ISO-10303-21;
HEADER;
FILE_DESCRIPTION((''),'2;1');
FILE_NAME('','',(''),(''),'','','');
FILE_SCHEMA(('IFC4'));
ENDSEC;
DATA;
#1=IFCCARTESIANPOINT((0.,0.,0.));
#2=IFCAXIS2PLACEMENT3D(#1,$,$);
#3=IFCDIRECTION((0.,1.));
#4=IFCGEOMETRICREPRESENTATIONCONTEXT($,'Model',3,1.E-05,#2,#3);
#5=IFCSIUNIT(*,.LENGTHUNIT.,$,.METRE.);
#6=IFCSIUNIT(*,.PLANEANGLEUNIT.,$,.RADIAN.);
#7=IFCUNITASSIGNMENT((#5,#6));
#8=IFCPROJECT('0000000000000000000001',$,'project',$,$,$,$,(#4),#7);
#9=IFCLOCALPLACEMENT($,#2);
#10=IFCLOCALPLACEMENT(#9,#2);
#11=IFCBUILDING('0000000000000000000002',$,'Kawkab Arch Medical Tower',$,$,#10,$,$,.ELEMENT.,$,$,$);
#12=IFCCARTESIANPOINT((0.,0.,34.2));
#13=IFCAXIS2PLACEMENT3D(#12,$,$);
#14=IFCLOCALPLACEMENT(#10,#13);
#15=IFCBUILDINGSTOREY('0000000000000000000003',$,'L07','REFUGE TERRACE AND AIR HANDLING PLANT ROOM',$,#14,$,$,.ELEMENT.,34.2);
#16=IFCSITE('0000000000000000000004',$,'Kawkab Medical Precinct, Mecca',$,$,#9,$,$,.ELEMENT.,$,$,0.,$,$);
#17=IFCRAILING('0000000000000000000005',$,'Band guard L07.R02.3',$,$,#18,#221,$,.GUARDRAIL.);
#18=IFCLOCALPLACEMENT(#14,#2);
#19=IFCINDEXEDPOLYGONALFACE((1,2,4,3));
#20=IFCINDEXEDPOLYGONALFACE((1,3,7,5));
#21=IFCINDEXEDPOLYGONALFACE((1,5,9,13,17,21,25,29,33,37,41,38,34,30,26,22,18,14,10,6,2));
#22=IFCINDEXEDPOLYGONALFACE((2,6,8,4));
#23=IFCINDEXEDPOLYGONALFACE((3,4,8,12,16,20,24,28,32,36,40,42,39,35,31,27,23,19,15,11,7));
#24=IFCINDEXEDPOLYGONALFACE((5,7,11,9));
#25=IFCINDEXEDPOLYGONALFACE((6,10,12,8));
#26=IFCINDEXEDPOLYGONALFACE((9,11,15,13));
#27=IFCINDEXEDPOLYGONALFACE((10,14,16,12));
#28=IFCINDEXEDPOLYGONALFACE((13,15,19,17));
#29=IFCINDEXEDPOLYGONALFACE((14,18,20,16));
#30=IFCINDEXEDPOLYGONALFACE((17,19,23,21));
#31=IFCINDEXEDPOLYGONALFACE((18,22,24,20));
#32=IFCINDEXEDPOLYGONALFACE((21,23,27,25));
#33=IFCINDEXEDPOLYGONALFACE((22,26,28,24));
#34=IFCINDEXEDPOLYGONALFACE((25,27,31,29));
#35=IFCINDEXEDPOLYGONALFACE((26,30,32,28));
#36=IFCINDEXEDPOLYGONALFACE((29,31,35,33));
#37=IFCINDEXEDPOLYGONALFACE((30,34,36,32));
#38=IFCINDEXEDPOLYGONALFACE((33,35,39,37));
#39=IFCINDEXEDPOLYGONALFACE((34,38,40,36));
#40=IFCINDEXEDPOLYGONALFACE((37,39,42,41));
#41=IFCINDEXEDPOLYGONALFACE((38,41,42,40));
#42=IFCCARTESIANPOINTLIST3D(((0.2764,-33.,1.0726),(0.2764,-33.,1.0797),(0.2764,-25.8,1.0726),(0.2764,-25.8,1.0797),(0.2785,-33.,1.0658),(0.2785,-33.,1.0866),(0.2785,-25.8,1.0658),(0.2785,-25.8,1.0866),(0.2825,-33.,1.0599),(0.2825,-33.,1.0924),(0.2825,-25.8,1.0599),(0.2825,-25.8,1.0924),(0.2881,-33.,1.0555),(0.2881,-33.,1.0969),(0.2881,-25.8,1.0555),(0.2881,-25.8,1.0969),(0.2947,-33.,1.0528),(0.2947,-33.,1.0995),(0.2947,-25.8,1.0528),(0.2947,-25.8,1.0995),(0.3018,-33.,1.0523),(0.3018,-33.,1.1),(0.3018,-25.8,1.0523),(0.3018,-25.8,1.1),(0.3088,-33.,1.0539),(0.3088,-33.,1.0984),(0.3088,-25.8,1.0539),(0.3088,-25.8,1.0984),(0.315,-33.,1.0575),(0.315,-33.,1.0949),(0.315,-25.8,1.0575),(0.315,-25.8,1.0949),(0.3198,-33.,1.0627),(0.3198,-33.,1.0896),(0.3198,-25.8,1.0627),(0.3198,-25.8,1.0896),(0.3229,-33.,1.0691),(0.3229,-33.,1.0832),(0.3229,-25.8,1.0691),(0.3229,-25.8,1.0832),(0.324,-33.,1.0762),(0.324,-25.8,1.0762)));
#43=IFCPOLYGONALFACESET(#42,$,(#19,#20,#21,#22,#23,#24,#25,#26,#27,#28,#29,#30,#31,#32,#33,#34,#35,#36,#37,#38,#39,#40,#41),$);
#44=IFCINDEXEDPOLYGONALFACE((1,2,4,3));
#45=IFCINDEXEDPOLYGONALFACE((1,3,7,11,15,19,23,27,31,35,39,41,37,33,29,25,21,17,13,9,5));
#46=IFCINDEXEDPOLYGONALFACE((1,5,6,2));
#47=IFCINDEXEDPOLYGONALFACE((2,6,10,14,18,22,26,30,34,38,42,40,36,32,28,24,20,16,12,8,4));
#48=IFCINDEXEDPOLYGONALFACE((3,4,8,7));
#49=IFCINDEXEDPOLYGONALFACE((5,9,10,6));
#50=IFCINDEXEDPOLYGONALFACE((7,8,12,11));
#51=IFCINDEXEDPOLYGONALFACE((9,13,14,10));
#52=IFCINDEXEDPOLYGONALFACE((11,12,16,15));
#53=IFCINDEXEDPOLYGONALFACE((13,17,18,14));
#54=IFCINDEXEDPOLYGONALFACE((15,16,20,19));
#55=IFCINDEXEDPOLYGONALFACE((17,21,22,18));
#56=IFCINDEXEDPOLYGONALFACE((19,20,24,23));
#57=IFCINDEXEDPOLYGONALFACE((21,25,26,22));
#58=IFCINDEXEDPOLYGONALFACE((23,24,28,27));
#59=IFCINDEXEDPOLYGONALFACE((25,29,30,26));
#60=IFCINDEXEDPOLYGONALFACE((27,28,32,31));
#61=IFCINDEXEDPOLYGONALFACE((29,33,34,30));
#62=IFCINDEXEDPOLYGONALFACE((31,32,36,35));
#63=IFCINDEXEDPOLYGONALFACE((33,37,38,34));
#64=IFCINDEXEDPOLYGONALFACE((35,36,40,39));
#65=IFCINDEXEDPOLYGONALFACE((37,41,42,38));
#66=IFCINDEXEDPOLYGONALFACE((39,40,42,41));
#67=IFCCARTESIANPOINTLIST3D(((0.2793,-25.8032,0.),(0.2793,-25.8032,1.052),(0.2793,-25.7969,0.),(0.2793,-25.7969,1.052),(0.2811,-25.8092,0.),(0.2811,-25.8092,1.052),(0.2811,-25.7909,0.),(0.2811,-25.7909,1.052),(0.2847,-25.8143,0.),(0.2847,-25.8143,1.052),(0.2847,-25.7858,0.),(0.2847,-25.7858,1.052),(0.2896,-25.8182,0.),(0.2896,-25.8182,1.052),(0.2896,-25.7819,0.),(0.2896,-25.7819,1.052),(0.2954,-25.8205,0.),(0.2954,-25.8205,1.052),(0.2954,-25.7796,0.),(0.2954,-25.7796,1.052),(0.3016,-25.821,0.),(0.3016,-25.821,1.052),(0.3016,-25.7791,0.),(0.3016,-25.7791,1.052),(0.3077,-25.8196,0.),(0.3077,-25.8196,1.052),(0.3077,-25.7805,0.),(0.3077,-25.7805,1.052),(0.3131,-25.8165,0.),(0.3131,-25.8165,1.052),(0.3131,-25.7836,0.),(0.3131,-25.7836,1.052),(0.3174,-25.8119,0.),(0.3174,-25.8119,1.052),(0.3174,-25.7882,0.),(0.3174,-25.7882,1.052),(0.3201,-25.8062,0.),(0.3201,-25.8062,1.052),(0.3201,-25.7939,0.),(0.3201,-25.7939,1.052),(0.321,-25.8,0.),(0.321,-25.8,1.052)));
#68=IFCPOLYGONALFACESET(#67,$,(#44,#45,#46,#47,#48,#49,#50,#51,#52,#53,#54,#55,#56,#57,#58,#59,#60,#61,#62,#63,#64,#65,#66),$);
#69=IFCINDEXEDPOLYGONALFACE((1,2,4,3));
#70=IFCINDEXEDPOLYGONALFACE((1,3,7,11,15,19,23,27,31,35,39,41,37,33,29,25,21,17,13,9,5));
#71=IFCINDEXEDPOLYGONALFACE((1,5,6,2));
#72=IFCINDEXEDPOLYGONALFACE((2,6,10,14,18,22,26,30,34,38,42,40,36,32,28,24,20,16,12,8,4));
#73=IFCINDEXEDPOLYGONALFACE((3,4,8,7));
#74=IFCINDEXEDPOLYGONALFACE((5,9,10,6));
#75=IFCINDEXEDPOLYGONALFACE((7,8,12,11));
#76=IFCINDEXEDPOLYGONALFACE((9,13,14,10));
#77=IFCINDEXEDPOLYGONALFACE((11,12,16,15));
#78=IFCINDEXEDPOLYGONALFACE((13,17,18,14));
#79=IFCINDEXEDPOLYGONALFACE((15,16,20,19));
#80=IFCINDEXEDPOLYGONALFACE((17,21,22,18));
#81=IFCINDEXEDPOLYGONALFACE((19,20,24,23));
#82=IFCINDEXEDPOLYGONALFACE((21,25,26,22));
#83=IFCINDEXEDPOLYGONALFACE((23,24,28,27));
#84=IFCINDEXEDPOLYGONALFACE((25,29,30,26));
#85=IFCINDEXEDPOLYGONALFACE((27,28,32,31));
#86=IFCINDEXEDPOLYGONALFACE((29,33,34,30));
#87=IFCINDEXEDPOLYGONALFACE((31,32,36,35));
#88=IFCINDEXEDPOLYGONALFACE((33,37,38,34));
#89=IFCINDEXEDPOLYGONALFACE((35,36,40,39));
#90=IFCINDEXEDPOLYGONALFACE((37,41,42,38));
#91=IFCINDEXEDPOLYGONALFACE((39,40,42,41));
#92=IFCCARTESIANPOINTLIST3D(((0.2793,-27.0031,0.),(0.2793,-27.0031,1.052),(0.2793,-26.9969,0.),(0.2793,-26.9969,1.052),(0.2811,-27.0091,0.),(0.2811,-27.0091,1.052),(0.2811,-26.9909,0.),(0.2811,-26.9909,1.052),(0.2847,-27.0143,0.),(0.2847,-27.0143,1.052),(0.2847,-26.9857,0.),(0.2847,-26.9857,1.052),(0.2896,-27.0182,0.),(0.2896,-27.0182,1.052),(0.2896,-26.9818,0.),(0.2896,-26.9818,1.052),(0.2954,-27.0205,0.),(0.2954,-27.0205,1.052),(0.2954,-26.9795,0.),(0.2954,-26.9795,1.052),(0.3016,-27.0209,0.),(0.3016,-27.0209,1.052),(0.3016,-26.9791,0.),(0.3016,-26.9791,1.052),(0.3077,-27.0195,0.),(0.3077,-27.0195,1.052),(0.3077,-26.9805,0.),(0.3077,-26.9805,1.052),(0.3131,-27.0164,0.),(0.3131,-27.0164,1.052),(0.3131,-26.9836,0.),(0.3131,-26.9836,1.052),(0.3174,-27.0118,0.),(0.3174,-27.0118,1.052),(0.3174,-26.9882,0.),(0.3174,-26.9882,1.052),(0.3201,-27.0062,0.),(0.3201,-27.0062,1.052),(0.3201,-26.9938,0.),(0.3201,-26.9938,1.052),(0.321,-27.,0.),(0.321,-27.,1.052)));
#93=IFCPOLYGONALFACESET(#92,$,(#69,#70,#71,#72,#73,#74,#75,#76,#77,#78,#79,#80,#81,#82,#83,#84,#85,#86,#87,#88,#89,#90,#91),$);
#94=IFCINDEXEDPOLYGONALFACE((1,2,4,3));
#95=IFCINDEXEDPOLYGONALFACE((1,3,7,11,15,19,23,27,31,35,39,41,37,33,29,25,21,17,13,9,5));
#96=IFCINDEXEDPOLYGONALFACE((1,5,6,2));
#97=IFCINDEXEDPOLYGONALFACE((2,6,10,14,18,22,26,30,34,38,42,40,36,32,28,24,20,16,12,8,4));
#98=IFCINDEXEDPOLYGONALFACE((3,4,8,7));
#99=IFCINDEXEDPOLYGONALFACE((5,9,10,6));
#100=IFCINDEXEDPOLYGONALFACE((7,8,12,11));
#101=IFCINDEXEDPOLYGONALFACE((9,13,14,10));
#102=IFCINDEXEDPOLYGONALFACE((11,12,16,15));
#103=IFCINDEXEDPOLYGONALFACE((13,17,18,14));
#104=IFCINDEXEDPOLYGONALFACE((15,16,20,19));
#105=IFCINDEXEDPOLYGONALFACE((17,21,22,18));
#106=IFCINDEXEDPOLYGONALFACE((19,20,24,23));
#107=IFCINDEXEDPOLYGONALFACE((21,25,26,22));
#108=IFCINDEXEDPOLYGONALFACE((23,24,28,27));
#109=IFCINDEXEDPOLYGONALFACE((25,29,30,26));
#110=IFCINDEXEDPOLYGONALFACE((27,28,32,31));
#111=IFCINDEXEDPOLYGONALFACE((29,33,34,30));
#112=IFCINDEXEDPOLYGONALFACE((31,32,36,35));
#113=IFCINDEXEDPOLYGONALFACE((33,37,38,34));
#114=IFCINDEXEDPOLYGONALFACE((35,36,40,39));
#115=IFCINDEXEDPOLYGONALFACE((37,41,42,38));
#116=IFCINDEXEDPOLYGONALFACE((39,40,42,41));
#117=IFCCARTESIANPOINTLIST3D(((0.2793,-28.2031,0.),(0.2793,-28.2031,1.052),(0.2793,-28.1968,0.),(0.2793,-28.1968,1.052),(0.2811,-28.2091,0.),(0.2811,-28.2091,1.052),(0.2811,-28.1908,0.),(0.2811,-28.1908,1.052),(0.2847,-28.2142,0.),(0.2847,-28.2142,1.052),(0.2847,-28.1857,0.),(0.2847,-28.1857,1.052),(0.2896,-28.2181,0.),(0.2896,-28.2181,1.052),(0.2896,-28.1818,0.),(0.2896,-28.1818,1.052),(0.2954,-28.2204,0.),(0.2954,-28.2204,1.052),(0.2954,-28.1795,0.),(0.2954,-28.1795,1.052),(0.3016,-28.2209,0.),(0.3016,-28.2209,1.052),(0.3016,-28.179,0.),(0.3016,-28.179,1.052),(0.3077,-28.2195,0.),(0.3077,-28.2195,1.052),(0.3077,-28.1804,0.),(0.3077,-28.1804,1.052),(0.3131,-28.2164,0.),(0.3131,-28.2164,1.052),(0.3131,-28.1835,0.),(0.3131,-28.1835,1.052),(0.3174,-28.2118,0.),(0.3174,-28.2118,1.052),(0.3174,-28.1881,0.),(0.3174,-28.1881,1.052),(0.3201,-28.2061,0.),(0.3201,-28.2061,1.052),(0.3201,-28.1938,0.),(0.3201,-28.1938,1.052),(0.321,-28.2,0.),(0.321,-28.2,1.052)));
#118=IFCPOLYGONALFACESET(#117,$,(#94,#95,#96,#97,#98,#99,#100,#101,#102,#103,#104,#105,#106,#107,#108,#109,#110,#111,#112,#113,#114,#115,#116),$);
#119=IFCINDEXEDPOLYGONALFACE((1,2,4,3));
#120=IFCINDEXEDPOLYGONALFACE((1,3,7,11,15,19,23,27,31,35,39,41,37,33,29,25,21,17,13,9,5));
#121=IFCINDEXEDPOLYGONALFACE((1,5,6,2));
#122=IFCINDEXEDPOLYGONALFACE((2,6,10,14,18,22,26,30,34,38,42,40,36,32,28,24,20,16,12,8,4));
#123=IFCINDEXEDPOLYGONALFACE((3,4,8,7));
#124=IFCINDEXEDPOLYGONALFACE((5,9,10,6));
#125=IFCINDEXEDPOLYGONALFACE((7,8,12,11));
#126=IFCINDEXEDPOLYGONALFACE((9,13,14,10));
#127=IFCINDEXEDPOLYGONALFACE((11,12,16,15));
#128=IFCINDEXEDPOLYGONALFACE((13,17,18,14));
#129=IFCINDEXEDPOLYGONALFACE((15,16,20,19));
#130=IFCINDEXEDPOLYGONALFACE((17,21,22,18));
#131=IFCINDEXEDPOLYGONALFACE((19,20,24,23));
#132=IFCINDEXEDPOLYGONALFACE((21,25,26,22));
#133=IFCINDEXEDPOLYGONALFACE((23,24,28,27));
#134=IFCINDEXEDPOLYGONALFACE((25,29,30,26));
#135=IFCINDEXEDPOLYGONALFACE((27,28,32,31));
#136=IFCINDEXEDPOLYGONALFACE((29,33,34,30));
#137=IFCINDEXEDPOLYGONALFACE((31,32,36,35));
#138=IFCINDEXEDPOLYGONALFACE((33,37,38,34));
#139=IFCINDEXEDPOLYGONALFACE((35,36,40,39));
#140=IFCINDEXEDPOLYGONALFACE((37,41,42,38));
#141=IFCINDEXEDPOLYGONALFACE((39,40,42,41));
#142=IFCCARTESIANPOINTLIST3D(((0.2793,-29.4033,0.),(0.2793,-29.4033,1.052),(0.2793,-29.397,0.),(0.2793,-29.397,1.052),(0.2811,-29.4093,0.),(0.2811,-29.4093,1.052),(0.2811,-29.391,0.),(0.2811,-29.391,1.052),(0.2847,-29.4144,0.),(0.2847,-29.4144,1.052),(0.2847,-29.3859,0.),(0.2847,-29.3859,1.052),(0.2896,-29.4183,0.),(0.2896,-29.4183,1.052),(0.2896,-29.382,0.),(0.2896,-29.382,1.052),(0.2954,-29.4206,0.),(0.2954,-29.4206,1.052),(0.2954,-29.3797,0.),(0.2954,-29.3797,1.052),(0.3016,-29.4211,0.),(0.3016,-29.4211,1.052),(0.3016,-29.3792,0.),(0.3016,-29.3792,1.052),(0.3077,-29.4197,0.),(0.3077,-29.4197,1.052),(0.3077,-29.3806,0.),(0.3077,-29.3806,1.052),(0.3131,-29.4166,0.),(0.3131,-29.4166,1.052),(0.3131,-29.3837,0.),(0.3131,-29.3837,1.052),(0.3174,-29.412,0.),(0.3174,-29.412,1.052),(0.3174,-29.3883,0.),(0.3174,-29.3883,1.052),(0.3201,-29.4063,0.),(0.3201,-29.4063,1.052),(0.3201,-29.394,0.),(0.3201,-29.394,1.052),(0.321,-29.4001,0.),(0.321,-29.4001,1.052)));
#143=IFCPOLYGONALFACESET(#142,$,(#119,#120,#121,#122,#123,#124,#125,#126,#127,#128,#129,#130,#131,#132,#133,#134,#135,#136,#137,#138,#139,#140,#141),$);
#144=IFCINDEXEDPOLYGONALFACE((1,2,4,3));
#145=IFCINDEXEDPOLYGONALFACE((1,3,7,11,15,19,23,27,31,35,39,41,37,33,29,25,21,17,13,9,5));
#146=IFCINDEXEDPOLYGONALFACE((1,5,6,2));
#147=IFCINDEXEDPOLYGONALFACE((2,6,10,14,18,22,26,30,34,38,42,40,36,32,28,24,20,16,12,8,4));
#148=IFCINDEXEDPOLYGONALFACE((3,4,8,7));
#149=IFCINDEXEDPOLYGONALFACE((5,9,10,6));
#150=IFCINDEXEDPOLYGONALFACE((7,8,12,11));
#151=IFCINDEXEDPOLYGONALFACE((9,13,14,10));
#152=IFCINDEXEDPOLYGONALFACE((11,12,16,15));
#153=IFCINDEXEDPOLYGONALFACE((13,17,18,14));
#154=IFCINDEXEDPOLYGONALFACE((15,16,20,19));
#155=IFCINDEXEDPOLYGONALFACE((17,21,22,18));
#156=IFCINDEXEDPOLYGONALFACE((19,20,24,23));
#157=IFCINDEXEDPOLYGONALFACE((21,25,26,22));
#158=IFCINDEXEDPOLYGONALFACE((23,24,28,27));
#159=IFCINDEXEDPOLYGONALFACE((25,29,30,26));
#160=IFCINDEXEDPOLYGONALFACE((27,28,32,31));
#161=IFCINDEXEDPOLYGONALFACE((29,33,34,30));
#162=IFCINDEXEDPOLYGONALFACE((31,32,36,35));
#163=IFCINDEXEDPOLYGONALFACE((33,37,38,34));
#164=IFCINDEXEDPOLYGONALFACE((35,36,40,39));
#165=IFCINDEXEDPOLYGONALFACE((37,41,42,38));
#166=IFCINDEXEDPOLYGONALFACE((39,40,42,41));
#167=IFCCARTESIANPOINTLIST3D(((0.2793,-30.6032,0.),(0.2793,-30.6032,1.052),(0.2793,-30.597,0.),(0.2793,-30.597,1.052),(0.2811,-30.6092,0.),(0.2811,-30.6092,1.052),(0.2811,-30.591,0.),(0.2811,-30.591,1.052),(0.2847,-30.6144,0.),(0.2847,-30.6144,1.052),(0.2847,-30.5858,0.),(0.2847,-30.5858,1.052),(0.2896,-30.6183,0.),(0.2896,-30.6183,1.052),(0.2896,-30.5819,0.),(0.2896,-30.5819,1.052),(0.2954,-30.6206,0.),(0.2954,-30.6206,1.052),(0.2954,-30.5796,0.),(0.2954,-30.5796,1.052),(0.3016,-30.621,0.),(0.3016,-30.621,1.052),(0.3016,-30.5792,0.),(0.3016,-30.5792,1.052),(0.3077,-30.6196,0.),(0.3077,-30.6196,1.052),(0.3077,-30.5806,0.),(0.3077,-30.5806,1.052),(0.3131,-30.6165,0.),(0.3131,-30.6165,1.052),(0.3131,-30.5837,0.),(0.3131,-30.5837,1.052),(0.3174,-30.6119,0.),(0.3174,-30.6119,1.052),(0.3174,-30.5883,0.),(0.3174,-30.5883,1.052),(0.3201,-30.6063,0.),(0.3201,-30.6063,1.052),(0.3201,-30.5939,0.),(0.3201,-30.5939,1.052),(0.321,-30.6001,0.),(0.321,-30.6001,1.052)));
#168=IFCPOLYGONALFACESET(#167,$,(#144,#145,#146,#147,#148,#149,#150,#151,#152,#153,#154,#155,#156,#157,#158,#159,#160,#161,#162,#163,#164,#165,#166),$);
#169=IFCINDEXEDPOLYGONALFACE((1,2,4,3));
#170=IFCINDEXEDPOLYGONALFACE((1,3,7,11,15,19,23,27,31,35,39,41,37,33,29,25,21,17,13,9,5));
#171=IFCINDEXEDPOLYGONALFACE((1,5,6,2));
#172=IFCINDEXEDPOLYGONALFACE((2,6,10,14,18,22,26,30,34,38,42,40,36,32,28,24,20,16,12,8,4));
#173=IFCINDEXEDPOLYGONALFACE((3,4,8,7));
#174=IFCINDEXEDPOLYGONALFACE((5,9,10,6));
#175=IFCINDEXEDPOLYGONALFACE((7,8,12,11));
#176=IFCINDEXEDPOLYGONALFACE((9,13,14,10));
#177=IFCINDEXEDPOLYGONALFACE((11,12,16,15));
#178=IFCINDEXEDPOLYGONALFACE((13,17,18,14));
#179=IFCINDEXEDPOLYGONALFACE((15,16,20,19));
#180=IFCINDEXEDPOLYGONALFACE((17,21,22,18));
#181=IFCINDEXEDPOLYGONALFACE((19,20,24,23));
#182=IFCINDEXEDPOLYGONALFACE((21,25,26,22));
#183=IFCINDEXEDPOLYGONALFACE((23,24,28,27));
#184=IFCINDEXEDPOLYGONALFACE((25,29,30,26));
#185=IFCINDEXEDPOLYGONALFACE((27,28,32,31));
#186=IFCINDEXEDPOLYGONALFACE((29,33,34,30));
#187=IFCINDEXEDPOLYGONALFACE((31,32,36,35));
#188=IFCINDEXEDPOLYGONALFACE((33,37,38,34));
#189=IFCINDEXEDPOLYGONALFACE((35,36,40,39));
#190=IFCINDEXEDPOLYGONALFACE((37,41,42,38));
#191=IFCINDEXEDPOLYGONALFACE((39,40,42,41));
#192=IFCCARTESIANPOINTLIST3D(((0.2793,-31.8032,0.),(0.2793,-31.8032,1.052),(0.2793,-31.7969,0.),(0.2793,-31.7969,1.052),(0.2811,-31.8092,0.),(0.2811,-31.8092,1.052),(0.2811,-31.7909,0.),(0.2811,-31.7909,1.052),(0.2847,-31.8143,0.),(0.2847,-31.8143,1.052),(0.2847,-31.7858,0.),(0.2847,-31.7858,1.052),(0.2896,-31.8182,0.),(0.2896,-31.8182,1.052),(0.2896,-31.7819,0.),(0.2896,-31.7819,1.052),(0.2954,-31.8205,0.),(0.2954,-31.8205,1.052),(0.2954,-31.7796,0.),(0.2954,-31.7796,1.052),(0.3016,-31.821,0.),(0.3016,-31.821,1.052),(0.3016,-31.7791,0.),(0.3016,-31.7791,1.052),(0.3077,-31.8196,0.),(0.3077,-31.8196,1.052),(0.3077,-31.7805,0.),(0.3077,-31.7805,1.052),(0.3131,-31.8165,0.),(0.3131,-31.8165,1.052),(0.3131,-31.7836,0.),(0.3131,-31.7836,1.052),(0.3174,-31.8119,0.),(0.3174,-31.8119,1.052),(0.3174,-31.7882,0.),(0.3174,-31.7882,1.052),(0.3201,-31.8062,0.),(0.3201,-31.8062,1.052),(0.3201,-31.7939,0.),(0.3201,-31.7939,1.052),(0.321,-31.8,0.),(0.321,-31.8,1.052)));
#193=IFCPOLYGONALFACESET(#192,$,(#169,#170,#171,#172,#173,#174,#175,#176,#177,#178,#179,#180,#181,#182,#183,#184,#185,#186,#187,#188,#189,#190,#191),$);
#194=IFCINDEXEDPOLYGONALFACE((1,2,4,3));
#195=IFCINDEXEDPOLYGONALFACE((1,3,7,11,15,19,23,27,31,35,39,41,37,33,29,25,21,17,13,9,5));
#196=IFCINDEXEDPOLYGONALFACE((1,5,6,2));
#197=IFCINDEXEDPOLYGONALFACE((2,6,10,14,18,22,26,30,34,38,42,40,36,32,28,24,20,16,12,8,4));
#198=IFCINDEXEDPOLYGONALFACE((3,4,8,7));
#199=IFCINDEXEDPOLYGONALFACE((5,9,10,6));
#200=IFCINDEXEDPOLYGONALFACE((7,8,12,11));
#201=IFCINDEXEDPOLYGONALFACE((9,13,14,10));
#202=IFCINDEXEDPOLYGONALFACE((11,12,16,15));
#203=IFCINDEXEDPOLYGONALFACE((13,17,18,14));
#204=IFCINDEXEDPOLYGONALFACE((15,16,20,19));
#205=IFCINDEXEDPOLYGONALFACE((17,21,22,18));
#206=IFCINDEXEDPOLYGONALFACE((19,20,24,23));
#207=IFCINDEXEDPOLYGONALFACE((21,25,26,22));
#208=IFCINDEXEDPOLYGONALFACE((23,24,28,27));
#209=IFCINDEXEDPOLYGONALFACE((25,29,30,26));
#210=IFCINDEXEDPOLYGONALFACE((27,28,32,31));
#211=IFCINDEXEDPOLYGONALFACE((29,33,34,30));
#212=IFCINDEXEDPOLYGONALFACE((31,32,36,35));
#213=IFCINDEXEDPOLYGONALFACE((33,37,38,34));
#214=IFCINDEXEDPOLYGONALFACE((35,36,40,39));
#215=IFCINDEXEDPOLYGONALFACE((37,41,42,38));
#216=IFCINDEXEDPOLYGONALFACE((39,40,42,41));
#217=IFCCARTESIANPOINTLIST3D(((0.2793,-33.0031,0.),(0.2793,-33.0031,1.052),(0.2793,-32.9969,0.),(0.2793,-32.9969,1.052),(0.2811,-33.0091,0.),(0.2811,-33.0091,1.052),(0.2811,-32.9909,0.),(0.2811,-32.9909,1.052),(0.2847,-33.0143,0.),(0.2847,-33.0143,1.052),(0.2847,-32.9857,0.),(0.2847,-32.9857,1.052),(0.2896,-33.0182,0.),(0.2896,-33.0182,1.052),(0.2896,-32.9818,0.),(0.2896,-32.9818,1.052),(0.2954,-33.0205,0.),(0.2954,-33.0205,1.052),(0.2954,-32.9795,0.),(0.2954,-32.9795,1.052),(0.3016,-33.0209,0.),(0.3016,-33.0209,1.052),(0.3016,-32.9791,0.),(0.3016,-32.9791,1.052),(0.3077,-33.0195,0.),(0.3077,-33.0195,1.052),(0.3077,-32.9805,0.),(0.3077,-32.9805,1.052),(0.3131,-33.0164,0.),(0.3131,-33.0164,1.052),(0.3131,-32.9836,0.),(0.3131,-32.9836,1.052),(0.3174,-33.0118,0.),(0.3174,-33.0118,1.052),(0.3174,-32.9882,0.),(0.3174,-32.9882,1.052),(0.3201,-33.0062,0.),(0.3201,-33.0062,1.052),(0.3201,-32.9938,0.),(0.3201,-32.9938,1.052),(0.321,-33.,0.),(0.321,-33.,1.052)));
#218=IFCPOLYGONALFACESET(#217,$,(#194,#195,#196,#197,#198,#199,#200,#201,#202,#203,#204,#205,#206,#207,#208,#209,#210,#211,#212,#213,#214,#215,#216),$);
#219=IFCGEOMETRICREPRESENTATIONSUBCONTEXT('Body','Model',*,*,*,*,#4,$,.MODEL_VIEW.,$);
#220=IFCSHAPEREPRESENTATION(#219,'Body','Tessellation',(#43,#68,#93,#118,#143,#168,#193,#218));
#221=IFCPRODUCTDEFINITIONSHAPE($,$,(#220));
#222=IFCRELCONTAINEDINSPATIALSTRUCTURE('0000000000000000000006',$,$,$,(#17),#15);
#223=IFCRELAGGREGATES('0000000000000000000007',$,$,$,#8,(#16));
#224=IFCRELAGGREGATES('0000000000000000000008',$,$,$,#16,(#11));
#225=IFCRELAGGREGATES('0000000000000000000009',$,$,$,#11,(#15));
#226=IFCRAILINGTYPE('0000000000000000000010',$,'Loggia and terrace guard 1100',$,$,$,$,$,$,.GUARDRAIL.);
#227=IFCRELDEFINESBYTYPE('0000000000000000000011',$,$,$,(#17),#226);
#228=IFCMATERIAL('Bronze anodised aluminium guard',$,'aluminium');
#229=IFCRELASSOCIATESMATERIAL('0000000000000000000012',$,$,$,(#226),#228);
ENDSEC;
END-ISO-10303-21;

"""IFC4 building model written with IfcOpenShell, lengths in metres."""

from ifc_helpers import new_model, si_unit, direction, frame, origin, origin_2d, place, context, subcontext, project, spatial, circle, extrude, material, type_object, element, save


model = new_model("IFC4")

# Units and contexts
model_context = context("Model", 3, precision=1e-05, world=origin(), true_north=direction((0.0, 1.0)))
body_context = subcontext(model_context, "Body", "Model", "MODEL_VIEW")
ifc_project = project(units=[si_unit("LENGTHUNIT", "METRE"), si_unit("PLANEANGLEUNIT", "RADIAN")], contexts=[model_context])

# Site, building, storey
site_placement = place(None, origin())
site = spatial("IfcSite", under=ifc_project, at=site_placement, Name="Kawkab Medical Precinct, Mecca", CompositionType="ELEMENT", RefElevation=0.0)
building_placement = place(site_placement, origin())
building = spatial("IfcBuilding", under=site, at=building_placement, Name="Kawkab Arch Medical Tower", CompositionType="ELEMENT")
storey_placement = place(building_placement, frame((0.0, 0.0, 34.2)))
storey = spatial("IfcBuildingStorey", under=building, at=storey_placement, Name="L07", Description="REFUGE TERRACE AND AIR HANDLING PLANT ROOM", CompositionType="ELEMENT", Elevation=34.2)

# Railing
ifc_material_1 = material(Name="Bronze anodised aluminium guard", Category="aluminium")
railing_type_1 = type_object("IfcRailingType", Name="Loggia and terrace guard 1100", PredefinedType="GUARDRAIL", material=ifc_material_1)
railing_1_placement = place(storey_placement, frame((0.3, -25.8, 0.0)))
element("IfcRailing", 1, at=railing_1_placement, inside=storey, type_object=railing_type_1, Name="Band guard L07.R02.3", PredefinedType="GUARDRAIL", context=body_context, shape_type="SweptSolid", body=[
    extrude(circle(Radius=0.0239, at=origin_2d()), frame((0.0, 0.0, 1.0762), z_axis=(0.0, -1.0, 0.0), x_axis=(1.0, 0.0, 0.0)), (0.0, 0.0, 1.0), 7.2),
    extrude(circle(Radius=0.021, at=origin_2d()), origin(), (0.0, 0.0, 1.0), 1.052),
    extrude(circle(Radius=0.021, at=origin_2d()), frame((0.0, -1.2, 0.0)), (0.0, 0.0, 1.0), 1.052),
    extrude(circle(Radius=0.021, at=origin_2d()), frame((0.0, -2.3999, 0.0)), (0.0, 0.0, 1.0), 1.052),
    extrude(circle(Radius=0.021, at=origin_2d()), frame((0.0, -3.6001, 0.0)), (0.0, 0.0, 1.0), 1.052),
    extrude(circle(Radius=0.021, at=origin_2d()), frame((0.0, -4.8, 0.0)), (0.0, 0.0, 1.0), 1.052),
    extrude(circle(Radius=0.021, at=origin_2d()), frame((0.0, -6.0, 0.0)), (0.0, 0.0, 1.0), 1.052),
    extrude(circle(Radius=0.021, at=origin_2d()), frame((0.0, -7.2, 0.0)), (0.0, 0.0, 1.0), 1.052),
])

save(model, "model.ifc")
